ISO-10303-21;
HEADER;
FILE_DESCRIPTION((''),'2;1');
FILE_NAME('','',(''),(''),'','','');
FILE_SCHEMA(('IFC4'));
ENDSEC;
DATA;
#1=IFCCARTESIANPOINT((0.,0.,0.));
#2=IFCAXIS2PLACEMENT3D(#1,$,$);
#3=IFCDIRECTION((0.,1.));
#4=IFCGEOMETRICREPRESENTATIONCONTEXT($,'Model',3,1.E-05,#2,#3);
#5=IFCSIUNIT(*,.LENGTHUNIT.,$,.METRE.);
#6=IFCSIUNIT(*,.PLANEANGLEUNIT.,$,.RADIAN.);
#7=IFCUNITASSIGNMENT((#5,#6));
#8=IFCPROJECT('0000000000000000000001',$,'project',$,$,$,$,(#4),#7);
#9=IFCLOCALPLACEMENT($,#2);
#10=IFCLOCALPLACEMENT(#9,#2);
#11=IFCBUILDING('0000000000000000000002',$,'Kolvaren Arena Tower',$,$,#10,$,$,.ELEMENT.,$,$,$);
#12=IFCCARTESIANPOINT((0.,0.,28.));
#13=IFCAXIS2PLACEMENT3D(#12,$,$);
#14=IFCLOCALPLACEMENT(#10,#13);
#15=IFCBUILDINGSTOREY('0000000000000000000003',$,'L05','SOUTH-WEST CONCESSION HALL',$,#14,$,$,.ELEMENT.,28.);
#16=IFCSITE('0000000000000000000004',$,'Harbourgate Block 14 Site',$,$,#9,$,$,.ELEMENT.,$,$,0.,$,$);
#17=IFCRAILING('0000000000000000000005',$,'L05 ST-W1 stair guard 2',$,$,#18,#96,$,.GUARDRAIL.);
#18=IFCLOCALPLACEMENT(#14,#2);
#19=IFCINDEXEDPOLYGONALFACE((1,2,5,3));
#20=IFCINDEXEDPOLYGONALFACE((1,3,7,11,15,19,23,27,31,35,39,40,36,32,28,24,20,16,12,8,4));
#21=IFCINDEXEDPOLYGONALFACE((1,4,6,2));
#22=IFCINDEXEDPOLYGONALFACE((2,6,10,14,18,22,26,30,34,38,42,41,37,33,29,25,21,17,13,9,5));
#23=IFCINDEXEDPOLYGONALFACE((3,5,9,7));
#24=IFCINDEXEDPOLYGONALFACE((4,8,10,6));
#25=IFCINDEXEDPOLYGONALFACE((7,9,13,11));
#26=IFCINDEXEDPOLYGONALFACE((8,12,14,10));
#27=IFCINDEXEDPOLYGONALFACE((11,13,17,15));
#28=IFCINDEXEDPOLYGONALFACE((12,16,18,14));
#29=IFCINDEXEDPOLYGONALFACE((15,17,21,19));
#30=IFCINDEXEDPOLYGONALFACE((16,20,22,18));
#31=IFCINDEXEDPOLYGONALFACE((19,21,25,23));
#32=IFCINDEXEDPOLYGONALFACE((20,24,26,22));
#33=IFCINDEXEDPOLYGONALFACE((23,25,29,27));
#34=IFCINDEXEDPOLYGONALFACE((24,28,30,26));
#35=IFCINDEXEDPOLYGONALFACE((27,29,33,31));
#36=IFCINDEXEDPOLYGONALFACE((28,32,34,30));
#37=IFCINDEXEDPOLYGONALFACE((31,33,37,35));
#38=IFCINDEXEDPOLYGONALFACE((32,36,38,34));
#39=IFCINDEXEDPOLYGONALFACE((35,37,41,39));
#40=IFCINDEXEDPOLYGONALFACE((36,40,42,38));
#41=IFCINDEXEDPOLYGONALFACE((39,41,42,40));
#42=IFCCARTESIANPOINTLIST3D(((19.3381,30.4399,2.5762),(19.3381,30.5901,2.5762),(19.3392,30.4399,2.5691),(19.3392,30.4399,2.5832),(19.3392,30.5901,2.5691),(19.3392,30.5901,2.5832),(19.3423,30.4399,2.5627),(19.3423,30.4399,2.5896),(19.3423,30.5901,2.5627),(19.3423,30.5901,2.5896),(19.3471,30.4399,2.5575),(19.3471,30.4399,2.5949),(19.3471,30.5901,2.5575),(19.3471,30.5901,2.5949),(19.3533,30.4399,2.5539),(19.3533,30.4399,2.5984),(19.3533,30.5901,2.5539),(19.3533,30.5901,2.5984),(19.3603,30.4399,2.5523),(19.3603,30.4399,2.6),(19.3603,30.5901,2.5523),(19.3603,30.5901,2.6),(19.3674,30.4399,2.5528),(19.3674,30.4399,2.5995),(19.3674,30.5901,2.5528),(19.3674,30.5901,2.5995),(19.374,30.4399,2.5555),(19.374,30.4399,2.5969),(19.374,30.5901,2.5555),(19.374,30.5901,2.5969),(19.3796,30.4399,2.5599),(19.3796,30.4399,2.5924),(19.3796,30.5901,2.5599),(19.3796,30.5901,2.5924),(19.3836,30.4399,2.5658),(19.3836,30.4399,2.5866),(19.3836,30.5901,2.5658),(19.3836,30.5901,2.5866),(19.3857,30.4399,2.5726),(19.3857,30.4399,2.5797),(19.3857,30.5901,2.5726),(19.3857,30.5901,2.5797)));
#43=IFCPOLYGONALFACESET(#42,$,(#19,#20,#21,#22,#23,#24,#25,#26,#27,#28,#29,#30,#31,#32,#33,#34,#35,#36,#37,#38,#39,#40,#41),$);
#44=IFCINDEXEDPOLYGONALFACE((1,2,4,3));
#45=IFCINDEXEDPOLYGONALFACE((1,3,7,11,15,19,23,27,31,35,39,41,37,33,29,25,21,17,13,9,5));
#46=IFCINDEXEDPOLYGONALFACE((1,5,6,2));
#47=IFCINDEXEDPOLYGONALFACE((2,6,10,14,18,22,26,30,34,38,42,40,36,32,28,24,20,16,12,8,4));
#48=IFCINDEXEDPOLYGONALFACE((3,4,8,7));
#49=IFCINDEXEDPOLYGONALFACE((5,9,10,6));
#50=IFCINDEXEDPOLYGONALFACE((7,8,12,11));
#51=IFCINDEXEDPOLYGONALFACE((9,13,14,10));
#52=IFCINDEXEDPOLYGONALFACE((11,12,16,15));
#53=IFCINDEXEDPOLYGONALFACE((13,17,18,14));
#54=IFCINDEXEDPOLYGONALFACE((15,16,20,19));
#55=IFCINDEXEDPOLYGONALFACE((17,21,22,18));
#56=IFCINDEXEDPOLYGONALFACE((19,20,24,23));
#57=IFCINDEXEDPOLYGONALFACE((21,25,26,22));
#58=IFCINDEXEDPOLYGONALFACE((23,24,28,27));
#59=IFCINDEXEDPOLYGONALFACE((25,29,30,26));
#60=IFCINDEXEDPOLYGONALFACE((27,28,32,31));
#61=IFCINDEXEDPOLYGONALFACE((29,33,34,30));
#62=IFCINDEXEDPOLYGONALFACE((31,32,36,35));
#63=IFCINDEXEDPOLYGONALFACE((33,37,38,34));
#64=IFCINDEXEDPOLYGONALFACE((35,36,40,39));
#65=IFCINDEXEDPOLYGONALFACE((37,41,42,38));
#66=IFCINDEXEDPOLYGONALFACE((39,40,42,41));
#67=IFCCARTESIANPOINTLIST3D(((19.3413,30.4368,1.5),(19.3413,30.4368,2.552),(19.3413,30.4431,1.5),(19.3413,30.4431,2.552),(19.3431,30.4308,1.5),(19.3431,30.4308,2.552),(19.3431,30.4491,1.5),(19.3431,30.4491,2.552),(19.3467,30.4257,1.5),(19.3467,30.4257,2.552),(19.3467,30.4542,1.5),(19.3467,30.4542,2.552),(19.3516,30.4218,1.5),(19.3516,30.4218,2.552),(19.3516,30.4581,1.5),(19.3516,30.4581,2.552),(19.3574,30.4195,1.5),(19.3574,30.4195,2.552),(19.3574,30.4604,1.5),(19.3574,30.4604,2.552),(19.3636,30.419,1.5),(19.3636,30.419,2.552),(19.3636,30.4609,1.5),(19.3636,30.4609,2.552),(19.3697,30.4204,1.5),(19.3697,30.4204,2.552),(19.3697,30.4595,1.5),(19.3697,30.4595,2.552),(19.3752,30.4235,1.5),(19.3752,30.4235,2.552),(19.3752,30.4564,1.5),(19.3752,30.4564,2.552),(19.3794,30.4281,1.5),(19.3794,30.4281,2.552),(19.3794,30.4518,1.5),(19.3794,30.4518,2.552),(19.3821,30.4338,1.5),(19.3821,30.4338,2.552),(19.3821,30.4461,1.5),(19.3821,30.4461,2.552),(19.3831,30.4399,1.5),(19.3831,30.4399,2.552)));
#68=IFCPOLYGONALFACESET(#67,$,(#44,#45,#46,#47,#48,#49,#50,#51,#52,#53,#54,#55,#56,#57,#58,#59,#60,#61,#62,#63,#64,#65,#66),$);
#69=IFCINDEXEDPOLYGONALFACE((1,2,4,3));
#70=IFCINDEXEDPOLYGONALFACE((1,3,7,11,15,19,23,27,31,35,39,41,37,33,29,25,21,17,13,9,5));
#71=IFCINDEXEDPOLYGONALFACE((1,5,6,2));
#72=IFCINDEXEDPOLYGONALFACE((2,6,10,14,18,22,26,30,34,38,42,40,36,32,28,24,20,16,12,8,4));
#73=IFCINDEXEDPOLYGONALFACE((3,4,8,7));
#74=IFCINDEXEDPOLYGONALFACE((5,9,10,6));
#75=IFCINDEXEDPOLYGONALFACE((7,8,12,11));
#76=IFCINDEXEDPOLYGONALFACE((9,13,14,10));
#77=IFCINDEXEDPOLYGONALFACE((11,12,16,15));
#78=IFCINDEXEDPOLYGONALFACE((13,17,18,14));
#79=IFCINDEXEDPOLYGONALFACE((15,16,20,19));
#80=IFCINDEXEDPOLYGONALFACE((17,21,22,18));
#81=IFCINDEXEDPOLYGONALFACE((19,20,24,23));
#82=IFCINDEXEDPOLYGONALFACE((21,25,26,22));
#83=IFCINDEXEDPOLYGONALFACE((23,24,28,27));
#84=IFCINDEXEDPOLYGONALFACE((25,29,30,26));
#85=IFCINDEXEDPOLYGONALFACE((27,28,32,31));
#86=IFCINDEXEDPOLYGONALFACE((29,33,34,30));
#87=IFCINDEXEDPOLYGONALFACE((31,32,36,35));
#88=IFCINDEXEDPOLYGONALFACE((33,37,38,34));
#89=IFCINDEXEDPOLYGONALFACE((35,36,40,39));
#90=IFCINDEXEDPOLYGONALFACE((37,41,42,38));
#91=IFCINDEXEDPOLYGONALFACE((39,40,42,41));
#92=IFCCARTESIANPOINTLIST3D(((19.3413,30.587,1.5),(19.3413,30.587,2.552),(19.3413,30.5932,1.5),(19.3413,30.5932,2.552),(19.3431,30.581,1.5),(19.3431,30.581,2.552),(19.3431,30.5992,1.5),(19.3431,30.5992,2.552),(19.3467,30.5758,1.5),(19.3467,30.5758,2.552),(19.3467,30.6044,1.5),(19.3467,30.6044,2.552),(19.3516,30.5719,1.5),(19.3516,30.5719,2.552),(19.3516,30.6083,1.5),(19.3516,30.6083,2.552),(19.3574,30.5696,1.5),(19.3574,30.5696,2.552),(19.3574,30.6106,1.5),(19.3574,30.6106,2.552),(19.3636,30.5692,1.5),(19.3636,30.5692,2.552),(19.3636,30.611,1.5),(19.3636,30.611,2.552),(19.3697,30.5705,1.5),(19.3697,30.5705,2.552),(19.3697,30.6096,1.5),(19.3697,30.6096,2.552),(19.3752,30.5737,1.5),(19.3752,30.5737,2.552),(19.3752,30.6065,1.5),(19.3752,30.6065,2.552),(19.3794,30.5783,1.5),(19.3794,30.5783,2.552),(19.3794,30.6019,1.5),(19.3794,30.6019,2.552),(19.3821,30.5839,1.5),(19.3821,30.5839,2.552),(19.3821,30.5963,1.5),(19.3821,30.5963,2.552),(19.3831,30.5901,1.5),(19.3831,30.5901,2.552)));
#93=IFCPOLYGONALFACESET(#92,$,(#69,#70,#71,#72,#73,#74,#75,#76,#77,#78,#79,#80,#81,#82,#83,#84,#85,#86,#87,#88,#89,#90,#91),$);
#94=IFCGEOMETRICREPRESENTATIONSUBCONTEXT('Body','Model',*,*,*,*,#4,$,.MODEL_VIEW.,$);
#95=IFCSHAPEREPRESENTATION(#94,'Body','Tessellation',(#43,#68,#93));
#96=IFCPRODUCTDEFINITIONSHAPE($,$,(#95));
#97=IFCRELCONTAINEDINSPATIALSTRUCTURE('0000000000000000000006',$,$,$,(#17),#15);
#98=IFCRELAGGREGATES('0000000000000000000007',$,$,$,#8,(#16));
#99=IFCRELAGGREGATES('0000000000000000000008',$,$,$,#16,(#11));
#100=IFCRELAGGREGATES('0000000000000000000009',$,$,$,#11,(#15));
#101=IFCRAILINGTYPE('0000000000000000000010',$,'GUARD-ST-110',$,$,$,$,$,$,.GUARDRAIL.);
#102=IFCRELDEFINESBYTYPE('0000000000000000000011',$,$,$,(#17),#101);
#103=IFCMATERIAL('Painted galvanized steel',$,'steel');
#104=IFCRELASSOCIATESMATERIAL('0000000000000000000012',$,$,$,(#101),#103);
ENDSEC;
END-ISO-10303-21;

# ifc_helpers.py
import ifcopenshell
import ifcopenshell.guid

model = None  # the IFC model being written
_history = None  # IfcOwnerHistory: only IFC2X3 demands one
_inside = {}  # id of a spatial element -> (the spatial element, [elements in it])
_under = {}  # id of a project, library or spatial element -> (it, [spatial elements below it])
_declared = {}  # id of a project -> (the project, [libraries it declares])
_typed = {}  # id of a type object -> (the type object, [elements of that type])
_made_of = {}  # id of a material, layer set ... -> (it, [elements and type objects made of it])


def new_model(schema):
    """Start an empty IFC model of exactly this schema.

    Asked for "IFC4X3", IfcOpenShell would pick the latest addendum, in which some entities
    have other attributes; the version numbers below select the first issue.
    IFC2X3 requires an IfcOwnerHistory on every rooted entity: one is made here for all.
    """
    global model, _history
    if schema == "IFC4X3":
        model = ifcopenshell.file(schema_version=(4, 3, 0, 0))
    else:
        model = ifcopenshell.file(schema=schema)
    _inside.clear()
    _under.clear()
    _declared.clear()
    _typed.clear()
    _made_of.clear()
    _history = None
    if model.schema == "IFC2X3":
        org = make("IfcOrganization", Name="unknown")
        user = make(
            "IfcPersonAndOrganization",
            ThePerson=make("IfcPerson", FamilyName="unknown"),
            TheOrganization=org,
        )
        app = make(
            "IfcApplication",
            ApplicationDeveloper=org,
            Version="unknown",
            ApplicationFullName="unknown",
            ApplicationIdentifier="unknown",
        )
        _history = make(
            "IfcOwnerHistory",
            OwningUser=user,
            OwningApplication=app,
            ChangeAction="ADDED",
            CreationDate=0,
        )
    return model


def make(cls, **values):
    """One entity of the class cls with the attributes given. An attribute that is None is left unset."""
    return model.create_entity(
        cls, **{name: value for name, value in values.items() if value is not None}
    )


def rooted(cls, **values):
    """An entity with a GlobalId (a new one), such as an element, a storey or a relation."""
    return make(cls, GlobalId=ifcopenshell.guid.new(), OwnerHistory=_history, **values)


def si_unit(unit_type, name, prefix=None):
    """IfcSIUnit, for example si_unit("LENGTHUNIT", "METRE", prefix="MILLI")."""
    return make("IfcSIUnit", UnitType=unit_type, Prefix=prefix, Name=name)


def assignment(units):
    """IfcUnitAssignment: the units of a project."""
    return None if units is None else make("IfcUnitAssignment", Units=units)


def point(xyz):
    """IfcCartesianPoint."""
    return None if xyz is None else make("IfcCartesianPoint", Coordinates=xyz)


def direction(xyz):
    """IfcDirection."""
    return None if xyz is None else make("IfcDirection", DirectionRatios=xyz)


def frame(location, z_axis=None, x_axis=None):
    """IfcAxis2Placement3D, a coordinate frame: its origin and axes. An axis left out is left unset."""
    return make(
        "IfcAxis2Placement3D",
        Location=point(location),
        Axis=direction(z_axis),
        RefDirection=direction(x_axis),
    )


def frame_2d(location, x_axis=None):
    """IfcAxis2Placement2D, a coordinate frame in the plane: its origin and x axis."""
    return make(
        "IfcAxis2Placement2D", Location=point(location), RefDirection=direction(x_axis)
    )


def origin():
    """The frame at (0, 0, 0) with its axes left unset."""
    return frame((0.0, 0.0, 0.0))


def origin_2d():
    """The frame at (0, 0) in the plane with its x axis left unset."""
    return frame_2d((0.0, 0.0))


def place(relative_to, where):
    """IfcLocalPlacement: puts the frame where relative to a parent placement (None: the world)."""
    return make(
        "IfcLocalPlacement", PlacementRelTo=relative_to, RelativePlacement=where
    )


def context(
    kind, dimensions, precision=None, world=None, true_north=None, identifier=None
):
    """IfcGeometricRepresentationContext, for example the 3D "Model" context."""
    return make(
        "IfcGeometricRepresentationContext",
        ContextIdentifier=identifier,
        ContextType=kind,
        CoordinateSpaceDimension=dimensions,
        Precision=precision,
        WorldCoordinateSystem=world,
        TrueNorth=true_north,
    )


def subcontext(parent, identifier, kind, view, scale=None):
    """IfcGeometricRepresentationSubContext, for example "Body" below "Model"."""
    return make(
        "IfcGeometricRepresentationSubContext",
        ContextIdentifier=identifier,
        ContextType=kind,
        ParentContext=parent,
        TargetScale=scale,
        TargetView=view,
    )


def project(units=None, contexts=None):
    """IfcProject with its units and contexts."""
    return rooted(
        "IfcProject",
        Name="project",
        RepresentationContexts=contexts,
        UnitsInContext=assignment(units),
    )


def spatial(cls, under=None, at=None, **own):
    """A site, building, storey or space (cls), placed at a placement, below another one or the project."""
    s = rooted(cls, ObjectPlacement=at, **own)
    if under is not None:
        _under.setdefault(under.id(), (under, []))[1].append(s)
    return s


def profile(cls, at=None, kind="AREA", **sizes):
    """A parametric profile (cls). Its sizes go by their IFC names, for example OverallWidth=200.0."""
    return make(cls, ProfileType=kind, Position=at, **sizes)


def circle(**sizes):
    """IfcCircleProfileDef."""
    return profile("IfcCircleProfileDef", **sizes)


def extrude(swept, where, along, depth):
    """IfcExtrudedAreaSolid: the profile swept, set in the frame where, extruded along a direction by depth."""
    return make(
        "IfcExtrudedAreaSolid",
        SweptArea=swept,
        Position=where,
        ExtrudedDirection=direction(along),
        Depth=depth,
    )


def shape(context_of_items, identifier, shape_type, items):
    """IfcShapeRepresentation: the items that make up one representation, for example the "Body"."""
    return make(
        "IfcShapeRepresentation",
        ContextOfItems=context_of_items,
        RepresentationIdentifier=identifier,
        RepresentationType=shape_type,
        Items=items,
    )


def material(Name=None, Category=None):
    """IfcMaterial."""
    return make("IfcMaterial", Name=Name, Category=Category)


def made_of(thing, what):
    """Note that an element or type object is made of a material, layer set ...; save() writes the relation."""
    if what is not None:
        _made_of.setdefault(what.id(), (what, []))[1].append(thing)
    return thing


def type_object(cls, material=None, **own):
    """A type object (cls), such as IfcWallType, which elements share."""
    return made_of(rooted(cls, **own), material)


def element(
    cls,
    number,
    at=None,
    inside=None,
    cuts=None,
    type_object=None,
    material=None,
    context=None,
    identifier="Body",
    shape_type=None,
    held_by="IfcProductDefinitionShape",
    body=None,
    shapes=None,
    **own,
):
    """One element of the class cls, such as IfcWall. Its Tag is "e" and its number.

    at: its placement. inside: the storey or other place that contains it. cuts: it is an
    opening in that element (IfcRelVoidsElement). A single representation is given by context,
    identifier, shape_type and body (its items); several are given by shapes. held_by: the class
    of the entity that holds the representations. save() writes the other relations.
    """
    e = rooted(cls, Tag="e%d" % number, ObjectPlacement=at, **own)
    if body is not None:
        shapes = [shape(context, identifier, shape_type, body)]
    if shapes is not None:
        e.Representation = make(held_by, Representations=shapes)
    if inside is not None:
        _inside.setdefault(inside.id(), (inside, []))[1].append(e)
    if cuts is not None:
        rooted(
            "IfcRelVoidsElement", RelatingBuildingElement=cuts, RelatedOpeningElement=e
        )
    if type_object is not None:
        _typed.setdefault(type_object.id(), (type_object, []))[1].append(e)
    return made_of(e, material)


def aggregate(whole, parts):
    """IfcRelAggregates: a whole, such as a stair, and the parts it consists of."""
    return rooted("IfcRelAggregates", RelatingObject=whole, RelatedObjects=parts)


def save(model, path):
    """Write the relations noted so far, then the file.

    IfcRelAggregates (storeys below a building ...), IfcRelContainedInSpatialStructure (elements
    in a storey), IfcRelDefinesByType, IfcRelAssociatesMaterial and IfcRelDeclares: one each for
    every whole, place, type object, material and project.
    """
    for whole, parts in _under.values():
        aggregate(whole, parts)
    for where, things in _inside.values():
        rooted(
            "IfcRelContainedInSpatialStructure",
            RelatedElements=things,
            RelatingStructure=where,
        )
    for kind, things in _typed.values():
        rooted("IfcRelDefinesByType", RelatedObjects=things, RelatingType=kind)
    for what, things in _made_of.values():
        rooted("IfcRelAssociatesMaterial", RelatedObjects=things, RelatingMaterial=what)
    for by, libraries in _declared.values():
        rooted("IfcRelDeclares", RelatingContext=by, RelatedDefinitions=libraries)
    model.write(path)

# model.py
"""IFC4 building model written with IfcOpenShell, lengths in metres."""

from ifc_helpers import new_model, si_unit, direction, frame, origin, origin_2d, place, context, subcontext, project, spatial, circle, extrude, material, type_object, element, save


model = new_model("IFC4")

# Units and contexts
model_context = context("Model", 3, precision=1e-05, world=origin(), true_north=direction((0.0, 1.0)))
body_context = subcontext(model_context, "Body", "Model", "MODEL_VIEW")
ifc_project = project(units=[si_unit("LENGTHUNIT", "METRE"), si_unit("PLANEANGLEUNIT", "RADIAN")], contexts=[model_context])

# Site, building, storey
site_placement = place(None, origin())
site = spatial("IfcSite", under=ifc_project, at=site_placement, Name="Harbourgate Block 14 Site", CompositionType="ELEMENT", RefElevation=0.0)
building_placement = place(site_placement, origin())
building = spatial("IfcBuilding", under=site, at=building_placement, Name="Kolvaren Arena Tower", CompositionType="ELEMENT")
storey_placement = place(building_placement, frame((0.0, 0.0, 28.0)))
storey = spatial("IfcBuildingStorey", under=building, at=storey_placement, Name="L05", Description="SOUTH-WEST CONCESSION HALL", CompositionType="ELEMENT", Elevation=28.0)

# Railing
ifc_material_1 = material(Name="Painted galvanized steel", Category="steel")
railing_type_1 = type_object("IfcRailingType", Name="GUARD-ST-110", PredefinedType="GUARDRAIL", material=ifc_material_1)
railing_1_placement = place(storey_placement, frame((19.3621, 30.4399, 1.5)))
element("IfcRailing", 1, at=railing_1_placement, inside=storey, type_object=railing_type_1, Name="L05 ST-W1 stair guard 2", PredefinedType="GUARDRAIL", context=body_context, shape_type="SweptSolid", body=[
    extrude(circle(Radius=0.0239, at=origin_2d()), frame((0.0, 0.0, 1.0762), z_axis=(0.0, 1.0, 0.0), x_axis=(-1.0, 0.0, 0.0)), (0.0, 0.0, 1.0), 0.1501),
    extrude(circle(Radius=0.021, at=origin_2d()), origin(), (0.0, 0.0, 1.0), 1.052),
    extrude(circle(Radius=0.021, at=origin_2d()), frame((0.0, 0.1501, 0.0)), (0.0, 0.0, 1.0), 1.052),
])

save(model, "model.ifc")
